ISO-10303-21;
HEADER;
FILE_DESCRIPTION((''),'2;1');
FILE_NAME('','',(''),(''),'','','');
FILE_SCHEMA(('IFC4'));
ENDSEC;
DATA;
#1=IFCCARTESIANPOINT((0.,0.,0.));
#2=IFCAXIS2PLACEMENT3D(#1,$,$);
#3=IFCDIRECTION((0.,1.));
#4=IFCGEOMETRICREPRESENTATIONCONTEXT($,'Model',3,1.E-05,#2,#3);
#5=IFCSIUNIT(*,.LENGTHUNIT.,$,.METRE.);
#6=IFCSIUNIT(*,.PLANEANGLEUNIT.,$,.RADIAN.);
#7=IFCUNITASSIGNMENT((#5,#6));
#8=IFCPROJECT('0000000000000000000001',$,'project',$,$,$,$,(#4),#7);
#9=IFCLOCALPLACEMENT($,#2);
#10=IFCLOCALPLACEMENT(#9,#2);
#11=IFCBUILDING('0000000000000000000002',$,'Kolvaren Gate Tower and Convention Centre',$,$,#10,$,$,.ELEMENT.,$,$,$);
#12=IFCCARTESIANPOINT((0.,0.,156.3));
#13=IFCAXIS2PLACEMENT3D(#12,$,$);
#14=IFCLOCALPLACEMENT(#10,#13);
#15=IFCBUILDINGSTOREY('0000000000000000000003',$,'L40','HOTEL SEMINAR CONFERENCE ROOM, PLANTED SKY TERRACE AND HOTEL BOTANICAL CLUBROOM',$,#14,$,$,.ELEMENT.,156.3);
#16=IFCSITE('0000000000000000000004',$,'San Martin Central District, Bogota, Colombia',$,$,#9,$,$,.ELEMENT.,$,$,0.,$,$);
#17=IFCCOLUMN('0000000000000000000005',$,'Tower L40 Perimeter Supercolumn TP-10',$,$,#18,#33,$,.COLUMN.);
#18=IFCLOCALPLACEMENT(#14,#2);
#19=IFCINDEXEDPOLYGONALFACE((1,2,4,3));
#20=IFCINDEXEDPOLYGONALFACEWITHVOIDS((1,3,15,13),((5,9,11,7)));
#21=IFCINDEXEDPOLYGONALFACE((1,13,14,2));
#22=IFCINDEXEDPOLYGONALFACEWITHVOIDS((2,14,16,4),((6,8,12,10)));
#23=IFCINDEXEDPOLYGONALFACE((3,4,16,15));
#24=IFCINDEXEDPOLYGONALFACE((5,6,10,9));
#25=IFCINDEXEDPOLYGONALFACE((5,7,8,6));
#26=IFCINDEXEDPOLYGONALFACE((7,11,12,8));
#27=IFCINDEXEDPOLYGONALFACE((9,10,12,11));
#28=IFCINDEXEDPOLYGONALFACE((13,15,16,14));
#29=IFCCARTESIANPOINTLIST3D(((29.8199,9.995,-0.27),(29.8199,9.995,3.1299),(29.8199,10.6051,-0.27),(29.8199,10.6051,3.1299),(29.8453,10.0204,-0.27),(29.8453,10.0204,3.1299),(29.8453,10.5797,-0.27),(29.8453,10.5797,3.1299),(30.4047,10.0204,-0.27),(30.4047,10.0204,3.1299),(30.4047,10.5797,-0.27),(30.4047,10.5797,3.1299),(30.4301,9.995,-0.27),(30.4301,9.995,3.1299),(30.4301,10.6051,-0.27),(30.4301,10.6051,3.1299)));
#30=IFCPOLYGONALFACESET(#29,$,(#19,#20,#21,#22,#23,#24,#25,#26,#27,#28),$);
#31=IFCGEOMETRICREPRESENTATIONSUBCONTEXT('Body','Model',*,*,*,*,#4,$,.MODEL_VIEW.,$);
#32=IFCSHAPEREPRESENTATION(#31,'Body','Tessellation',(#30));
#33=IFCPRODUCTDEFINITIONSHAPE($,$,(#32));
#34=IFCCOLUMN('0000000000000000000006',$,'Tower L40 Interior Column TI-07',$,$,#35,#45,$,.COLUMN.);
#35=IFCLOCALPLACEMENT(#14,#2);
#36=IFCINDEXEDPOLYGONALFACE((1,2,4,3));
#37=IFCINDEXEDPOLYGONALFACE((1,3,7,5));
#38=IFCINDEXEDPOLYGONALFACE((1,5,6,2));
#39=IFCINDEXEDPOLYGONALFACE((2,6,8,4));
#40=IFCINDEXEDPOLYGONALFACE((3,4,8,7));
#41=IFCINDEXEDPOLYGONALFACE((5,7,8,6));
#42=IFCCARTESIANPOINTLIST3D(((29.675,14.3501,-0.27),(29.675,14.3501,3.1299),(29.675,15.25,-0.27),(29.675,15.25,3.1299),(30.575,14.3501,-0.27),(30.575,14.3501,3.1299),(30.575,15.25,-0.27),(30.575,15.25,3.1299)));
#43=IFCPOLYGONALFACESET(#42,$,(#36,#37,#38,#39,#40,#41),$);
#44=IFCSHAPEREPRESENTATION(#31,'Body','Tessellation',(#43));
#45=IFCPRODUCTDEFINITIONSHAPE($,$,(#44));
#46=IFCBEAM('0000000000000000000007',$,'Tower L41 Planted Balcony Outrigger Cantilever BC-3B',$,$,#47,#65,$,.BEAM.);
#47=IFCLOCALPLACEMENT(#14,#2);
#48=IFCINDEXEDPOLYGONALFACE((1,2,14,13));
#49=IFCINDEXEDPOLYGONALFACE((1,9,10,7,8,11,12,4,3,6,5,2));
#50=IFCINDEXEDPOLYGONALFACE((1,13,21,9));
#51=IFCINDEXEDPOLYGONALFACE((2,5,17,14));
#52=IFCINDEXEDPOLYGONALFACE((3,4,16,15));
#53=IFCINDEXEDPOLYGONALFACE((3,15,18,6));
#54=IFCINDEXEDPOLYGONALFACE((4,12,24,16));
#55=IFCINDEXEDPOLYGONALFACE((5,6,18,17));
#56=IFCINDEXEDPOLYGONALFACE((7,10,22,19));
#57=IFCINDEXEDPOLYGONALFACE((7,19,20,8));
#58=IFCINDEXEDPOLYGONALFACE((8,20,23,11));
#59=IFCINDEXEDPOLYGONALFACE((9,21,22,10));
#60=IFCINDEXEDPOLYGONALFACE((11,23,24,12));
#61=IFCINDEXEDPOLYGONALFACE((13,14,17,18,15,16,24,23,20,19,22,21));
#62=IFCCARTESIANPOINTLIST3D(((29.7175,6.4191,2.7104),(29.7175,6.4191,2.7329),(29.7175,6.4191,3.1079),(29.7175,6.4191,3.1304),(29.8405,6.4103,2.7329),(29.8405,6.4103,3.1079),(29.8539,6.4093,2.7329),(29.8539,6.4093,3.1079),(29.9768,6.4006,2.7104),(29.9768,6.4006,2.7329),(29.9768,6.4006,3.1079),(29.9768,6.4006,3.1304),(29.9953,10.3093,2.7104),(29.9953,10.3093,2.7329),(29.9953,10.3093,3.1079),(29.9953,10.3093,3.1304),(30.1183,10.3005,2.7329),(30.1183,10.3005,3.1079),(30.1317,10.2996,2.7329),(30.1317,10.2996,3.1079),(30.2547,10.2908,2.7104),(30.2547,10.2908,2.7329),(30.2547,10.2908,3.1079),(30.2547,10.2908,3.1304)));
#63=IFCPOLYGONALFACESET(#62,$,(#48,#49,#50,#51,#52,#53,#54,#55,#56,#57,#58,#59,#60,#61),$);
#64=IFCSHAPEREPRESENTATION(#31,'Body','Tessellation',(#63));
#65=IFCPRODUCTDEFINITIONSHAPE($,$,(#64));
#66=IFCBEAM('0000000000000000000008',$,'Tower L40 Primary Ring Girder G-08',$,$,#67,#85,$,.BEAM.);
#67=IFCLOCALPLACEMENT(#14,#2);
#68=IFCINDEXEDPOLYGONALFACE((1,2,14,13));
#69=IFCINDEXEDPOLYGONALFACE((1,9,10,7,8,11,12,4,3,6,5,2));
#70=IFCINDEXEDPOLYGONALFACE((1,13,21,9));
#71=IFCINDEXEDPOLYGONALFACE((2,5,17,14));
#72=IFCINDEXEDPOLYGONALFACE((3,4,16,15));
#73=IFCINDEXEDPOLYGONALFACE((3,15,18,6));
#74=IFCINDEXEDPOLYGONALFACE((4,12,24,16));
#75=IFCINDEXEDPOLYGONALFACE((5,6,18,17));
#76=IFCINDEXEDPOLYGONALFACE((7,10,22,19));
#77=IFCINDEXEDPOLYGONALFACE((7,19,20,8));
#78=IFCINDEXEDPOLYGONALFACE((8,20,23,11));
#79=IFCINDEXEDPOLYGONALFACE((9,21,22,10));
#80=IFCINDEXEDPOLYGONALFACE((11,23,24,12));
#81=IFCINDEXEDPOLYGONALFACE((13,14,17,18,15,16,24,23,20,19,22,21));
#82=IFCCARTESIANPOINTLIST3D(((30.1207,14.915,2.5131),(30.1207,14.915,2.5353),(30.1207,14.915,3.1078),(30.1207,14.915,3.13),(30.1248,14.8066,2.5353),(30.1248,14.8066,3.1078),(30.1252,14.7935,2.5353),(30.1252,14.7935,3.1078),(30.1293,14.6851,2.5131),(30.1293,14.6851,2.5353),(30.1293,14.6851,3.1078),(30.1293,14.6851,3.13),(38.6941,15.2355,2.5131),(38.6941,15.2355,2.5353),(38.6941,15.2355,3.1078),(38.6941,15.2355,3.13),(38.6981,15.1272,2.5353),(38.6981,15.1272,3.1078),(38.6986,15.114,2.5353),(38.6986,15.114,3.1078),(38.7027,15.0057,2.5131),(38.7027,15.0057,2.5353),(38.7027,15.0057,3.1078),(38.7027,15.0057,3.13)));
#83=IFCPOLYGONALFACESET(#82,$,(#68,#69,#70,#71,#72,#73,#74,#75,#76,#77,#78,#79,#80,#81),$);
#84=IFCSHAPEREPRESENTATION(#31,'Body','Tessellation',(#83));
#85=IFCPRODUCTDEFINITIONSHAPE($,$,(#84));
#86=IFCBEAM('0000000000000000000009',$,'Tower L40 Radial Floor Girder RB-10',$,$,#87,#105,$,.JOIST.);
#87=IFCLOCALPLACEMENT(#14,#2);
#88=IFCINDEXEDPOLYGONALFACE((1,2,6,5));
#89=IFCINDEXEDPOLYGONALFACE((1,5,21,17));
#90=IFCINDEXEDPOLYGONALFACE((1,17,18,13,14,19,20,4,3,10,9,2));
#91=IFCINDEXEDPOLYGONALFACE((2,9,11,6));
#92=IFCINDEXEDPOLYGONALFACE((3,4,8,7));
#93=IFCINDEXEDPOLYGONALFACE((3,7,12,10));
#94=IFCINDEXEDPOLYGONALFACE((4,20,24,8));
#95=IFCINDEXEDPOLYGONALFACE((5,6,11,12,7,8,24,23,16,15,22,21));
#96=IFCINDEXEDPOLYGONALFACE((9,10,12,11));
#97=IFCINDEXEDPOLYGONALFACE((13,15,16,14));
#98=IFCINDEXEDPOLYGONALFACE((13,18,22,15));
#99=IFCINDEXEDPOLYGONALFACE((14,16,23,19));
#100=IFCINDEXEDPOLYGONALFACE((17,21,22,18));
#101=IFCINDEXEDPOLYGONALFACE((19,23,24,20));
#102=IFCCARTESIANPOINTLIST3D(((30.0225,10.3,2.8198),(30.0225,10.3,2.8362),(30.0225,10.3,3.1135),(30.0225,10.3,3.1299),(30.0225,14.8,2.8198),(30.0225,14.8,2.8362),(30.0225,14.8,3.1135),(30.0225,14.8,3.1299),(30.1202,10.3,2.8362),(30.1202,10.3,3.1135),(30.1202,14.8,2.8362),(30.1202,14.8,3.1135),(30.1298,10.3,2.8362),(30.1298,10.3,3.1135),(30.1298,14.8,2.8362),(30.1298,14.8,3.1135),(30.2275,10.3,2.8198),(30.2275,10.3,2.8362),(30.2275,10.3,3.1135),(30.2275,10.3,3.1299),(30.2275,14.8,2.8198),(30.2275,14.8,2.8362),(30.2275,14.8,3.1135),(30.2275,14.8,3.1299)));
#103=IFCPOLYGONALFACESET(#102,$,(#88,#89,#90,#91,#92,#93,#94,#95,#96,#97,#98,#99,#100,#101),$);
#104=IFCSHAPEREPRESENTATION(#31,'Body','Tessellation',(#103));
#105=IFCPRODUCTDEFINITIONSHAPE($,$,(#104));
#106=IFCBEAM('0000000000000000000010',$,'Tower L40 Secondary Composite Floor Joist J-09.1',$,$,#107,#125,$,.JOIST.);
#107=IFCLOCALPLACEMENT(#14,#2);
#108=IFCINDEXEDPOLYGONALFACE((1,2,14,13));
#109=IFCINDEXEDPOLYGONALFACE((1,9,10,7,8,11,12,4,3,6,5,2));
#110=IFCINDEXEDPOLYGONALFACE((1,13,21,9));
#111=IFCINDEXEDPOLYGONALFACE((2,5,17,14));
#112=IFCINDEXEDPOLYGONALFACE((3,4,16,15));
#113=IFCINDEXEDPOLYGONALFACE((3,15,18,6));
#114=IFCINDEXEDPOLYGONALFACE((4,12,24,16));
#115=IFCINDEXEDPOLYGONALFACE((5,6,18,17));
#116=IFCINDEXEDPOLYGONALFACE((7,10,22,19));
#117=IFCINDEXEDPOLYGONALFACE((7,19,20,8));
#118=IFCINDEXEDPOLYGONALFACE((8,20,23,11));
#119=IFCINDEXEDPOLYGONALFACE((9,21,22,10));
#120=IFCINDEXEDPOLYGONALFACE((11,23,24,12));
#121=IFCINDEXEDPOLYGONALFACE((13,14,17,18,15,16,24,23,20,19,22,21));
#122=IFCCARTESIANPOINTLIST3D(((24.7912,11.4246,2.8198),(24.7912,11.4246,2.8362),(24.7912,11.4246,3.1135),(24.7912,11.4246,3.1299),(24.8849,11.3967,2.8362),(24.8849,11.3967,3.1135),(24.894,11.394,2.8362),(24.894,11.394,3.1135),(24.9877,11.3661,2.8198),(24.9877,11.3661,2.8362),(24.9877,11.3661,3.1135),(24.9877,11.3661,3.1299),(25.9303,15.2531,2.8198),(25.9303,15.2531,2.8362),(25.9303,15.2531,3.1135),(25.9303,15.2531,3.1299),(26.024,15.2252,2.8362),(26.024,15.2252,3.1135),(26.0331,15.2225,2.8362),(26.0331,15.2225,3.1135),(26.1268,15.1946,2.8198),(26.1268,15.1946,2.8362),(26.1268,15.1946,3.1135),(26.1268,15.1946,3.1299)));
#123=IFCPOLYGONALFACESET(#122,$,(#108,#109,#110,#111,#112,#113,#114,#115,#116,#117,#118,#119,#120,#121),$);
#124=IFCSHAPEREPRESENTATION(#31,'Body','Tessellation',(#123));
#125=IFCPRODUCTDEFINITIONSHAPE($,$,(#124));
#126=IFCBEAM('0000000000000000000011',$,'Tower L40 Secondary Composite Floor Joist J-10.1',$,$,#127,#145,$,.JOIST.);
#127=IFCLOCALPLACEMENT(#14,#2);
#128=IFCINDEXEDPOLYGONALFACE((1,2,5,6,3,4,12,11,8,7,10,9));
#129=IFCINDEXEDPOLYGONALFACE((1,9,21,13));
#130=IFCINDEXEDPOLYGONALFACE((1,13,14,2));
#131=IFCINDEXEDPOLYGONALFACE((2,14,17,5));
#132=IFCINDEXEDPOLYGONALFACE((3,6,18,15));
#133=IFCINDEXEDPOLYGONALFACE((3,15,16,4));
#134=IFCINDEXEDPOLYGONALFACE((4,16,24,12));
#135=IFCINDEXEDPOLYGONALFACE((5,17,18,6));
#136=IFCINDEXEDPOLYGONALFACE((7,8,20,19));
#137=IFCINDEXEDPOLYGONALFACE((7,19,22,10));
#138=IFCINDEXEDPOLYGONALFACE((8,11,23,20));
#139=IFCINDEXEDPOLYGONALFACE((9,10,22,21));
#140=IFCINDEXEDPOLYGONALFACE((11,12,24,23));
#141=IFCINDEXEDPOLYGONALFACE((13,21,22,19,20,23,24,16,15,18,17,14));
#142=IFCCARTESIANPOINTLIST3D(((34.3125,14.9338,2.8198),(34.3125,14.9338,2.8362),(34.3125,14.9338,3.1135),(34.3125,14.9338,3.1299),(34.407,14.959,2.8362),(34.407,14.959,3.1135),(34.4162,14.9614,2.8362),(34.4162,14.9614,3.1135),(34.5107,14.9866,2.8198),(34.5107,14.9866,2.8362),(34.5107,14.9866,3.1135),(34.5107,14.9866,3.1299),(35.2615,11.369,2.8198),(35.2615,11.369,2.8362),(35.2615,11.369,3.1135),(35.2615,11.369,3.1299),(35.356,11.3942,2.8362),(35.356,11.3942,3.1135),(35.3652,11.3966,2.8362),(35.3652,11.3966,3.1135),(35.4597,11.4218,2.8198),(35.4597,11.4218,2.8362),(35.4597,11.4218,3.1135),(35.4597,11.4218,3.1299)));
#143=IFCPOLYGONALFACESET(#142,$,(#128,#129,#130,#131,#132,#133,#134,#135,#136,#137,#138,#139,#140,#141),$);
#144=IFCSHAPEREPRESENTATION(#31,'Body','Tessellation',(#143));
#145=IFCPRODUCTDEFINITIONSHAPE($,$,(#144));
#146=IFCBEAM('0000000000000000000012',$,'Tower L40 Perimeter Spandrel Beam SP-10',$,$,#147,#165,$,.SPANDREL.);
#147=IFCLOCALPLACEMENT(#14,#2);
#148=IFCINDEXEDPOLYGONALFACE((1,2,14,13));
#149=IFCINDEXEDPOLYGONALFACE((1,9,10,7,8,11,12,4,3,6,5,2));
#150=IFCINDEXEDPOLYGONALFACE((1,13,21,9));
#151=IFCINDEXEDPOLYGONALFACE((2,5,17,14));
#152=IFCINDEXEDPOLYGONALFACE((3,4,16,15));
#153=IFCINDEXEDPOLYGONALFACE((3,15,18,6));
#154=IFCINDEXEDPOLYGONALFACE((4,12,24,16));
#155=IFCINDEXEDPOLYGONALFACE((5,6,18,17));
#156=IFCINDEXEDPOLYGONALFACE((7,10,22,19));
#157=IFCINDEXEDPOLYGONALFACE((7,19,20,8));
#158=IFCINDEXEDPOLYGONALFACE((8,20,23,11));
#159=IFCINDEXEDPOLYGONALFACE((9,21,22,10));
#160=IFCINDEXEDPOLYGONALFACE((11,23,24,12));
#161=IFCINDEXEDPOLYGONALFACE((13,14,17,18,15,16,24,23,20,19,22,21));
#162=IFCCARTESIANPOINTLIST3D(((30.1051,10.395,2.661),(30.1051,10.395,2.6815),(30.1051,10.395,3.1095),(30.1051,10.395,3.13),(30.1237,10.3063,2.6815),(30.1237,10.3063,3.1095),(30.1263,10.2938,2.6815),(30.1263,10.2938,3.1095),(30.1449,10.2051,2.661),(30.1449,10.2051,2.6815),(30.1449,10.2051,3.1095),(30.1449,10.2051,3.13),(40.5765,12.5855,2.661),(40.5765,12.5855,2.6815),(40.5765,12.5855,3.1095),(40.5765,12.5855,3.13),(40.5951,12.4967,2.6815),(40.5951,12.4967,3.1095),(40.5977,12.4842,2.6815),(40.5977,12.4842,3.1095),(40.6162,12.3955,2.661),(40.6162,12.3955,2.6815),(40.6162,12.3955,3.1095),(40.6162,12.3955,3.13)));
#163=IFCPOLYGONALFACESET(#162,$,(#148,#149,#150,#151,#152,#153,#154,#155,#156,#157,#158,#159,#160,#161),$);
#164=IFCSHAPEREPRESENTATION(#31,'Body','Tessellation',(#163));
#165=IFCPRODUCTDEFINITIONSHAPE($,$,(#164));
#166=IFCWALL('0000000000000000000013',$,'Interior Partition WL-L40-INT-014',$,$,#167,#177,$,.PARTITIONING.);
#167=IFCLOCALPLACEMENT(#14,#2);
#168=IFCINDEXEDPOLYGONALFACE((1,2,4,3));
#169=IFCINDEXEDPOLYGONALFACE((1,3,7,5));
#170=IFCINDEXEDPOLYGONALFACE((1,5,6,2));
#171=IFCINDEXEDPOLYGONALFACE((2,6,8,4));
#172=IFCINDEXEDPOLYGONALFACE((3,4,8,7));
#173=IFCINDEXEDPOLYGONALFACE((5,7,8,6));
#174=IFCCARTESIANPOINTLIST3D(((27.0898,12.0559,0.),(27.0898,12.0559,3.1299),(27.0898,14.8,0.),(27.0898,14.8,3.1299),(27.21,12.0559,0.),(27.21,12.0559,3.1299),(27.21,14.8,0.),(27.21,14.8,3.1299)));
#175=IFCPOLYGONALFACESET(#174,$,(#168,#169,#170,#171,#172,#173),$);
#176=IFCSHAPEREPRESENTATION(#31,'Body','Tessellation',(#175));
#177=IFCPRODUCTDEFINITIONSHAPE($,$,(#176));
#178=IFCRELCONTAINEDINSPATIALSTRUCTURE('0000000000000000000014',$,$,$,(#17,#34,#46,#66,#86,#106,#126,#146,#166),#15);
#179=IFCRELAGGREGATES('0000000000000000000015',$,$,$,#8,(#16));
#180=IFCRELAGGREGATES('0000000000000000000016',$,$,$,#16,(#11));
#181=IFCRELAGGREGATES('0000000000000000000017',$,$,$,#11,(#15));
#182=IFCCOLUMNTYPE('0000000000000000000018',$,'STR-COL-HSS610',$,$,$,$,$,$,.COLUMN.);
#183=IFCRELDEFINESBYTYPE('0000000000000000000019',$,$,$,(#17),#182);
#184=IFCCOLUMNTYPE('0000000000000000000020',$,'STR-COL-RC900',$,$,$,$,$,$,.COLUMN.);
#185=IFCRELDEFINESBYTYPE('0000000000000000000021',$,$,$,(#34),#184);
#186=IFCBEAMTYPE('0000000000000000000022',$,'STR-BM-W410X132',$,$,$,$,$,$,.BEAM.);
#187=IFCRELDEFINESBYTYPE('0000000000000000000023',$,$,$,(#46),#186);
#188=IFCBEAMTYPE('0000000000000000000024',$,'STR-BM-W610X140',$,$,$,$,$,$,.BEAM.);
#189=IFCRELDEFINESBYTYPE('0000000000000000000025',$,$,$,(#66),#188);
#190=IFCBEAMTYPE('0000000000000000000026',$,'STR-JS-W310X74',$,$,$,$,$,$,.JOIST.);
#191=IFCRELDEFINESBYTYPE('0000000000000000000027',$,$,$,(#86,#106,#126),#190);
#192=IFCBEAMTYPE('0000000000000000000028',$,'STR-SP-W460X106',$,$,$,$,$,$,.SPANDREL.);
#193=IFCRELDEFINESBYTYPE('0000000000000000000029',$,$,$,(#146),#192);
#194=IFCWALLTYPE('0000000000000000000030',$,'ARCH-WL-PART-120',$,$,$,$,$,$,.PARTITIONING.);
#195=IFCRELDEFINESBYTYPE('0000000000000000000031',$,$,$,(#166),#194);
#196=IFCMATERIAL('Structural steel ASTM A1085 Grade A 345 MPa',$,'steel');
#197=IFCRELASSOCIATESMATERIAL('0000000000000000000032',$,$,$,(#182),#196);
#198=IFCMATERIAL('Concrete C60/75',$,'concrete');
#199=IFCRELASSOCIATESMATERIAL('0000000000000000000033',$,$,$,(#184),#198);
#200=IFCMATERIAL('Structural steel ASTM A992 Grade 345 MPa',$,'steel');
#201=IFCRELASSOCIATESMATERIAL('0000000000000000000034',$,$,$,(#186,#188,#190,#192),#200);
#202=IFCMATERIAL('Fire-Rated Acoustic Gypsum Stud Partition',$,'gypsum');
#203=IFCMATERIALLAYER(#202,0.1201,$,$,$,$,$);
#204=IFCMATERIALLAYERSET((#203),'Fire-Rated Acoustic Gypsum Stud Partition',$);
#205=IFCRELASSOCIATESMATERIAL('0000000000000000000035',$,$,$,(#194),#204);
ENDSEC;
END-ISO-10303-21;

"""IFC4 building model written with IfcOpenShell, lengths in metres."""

from ifc_helpers import new_model, si_unit, direction, frame, frame_2d, origin, origin_2d, place, context, subcontext, project, spatial, rectangle, hollow_rectangle, i_section, extrude, material, layer, layer_set, material_profile, profile_set, type_object, element, save


model = new_model("IFC4")

# Units and contexts
model_context = context("Model", 3, precision=1e-05, world=origin(), true_north=direction((0.0, 1.0)))
body_context = subcontext(model_context, "Body", "Model", "MODEL_VIEW")
ifc_project = project(units=[si_unit("LENGTHUNIT", "METRE"), si_unit("PLANEANGLEUNIT", "RADIAN")], contexts=[model_context])

# Site, building, storey
site_placement = place(None, origin())
site = spatial("IfcSite", under=ifc_project, at=site_placement, Name="San Martin Central District, Bogota, Colombia", CompositionType="ELEMENT", RefElevation=0.0)
building_placement = place(site_placement, origin())
building = spatial("IfcBuilding", under=site, at=building_placement, Name="Kolvaren Gate Tower and Convention Centre", CompositionType="ELEMENT")
storey_placement = place(building_placement, frame((0.0, 0.0, 156.3)))
storey = spatial("IfcBuildingStorey", under=building, at=storey_placement, Name="L40", Description="HOTEL SEMINAR CONFERENCE ROOM, PLANTED SKY TERRACE AND HOTEL BOTANICAL CLUBROOM", CompositionType="ELEMENT", Elevation=156.3)

# Columns
ifc_material_1 = material(Name="Structural steel ASTM A1085 Grade A 345 MPa", Category="steel")
ifc_material_profile_1 = material_profile(ifc_material_1, hollow_rectangle(XDim=0.6101, YDim=0.6101, WallThickness=0.0254, at=origin_2d()), Name="HSS610X610X25.4")
ifc_profile_set_1 = profile_set([ifc_material_profile_1], Name="Structural steel ASTM A1085 Grade A 345 MPa")
column_type_1 = type_object("IfcColumnType", Name="STR-COL-HSS610", PredefinedType="COLUMN", material=ifc_profile_set_1)
column_1_placement = place(storey_placement, frame((30.125, 10.3, -0.27), z_axis=(0.0, 0.0, 1.0), x_axis=(1.0, 0.0, 0.0)))
element("IfcColumn", 1, at=column_1_placement, inside=storey, type_object=column_type_1, Name="Tower L40 Perimeter Supercolumn TP-10", PredefinedType="COLUMN", context=body_context, shape_type="SweptSolid", body=[
    extrude(hollow_rectangle(XDim=0.6101, YDim=0.6101, WallThickness=0.0254, at=origin_2d()), origin(), (0.0, 0.0, 1.0), 3.3999),
])
ifc_material_2 = material(Name="Concrete C60/75", Category="concrete")
ifc_material_profile_2 = material_profile(ifc_material_2, rectangle(XDim=0.8999, YDim=0.8999, at=origin_2d()), Name="RC-COL-900X900")
ifc_profile_set_2 = profile_set([ifc_material_profile_2], Name="Concrete C60/75")
column_type_2 = type_object("IfcColumnType", Name="STR-COL-RC900", PredefinedType="COLUMN", material=ifc_profile_set_2)
column_2_placement = place(storey_placement, frame((30.125, 14.8, -0.27), z_axis=(0.0, 0.0, 1.0), x_axis=(1.0, 0.0, 0.0)))
element("IfcColumn", 2, at=column_2_placement, inside=storey, type_object=column_type_2, Name="Tower L40 Interior Column TI-07", PredefinedType="COLUMN", context=body_context, shape_type="SweptSolid", body=[
    extrude(rectangle(XDim=0.8999, YDim=0.8999, at=origin_2d()), origin(), (0.0, 0.0, 1.0), 3.3999),
])

# Beams
ifc_material_3 = material(Name="Structural steel ASTM A992 Grade 345 MPa", Category="steel")
ifc_material_profile_3 = material_profile(ifc_material_3, i_section(OverallWidth=0.26, OverallDepth=0.4199, WebThickness=0.0134, FlangeThickness=0.0225, at=origin_2d()), Name="W410X132")
ifc_profile_set_3 = profile_set([ifc_material_profile_3], Name="Structural steel ASTM A992 Grade 345 MPa")
beam_type_1 = type_object("IfcBeamType", Name="STR-BM-W410X132", PredefinedType="BEAM", material=ifc_profile_set_3)
beam_1_placement = place(storey_placement, frame((30.125, 10.3, 2.9204), z_axis=(-0.071238, -0.997459, 0.0), x_axis=(0.997459, -0.071238, 0.0)))
element("IfcBeam", 3, at=beam_1_placement, inside=storey, type_object=beam_type_1, Name="Tower L41 Planted Balcony Outrigger Cantilever BC-3B", PredefinedType="BEAM", context=body_context, shape_type="SweptSolid", body=[
    extrude(i_section(OverallWidth=0.26, OverallDepth=0.4199, WebThickness=0.0134, FlangeThickness=0.0225, at=origin_2d()), origin(), (0.0, 0.0, 1.0), 3.9001),
])
ifc_material_profile_4 = material_profile(ifc_material_3, i_section(OverallWidth=0.23, OverallDepth=0.6169, WebThickness=0.0132, FlangeThickness=0.0222, at=origin_2d()), Name="W610X140")
ifc_profile_set_4 = profile_set([ifc_material_profile_4], Name="Structural steel ASTM A992 Grade 345 MPa")
beam_type_2 = type_object("IfcBeamType", Name="STR-BM-W610X140", PredefinedType="BEAM", material=ifc_profile_set_4)
beam_2_placement = place(storey_placement, frame((30.125, 14.8, 2.8215), z_axis=(0.999302, 0.037364, 0.0), x_axis=(-0.037364, 0.999302, 0.0)))
element("IfcBeam", 4, at=beam_2_placement, inside=storey, type_object=beam_type_2, Name="Tower L40 Primary Ring Girder G-08", PredefinedType="BEAM", context=body_context, shape_type="SweptSolid", body=[
    extrude(i_section(OverallWidth=0.23, OverallDepth=0.6169, WebThickness=0.0132, FlangeThickness=0.0222, at=origin_2d()), origin(), (0.0, 0.0, 1.0), 8.5793),
])
ifc_material_profile_5 = material_profile(ifc_material_3, i_section(OverallWidth=0.2051, OverallDepth=0.3101, WebThickness=0.0095, FlangeThickness=0.0164, at=origin_2d()), Name="W310X74")
ifc_profile_set_5 = profile_set([ifc_material_profile_5], Name="Structural steel ASTM A992 Grade 345 MPa")
beam_type_3 = type_object("IfcBeamType", Name="STR-JS-W310X74", PredefinedType="JOIST", material=ifc_profile_set_5)
beam_3_placement = place(storey_placement, frame((30.125, 14.8, 2.9749), z_axis=(0.0, -1.0, 0.0), x_axis=(1.0, 0.0, 0.0)))
element("IfcBeam", 5, at=beam_3_placement, inside=storey, type_object=beam_type_3, Name="Tower L40 Radial Floor Girder RB-10", PredefinedType="JOIST", context=body_context, shape_type="SweptSolid", body=[
    extrude(i_section(OverallWidth=0.2051, OverallDepth=0.3101, WebThickness=0.0095, FlangeThickness=0.0164, at=origin_2d()), origin(), (0.0, 0.0, 1.0), 4.5),
])
beam_4_placement = place(storey_placement, frame((26.0286, 15.2239, 2.9749), z_axis=(-0.285183, -0.958473, 0.0), x_axis=(0.958473, -0.285183, 0.0)))
element("IfcBeam", 6, at=beam_4_placement, inside=storey, type_object=beam_type_3, Name="Tower L40 Secondary Composite Floor Joist J-09.1", PredefinedType="JOIST", context=body_context, shape_type="SweptSolid", body=[
    extrude(i_section(OverallWidth=0.2051, OverallDepth=0.3101, WebThickness=0.0095, FlangeThickness=0.0164, at=origin_2d()), origin(), (0.0, 0.0, 1.0), 3.9944),
])
beam_5_placement = place(storey_placement, frame((34.4116, 14.9602, 2.9749), z_axis=(0.257238, -0.966348, 0.0), x_axis=(0.966348, 0.257238, 0.0)))
element("IfcBeam", 7, at=beam_5_placement, inside=storey, type_object=beam_type_3, Name="Tower L40 Secondary Composite Floor Joist J-10.1", PredefinedType="JOIST", context=body_context, shape_type="SweptSolid", body=[
    extrude(i_section(OverallWidth=0.2051, OverallDepth=0.3101, WebThickness=0.0095, FlangeThickness=0.0164, at=origin_2d()), origin(), (0.0, 0.0, 1.0), 3.689),
])
ifc_material_profile_6 = material_profile(ifc_material_3, i_section(OverallWidth=0.1941, OverallDepth=0.469, WebThickness=0.0127, FlangeThickness=0.0205, at=origin_2d()), Name="W460X106")
ifc_profile_set_6 = profile_set([ifc_material_profile_6], Name="Structural steel ASTM A992 Grade 345 MPa")
beam_type_4 = type_object("IfcBeamType", Name="STR-SP-W460X106", PredefinedType="SPANDREL", material=ifc_profile_set_6)
beam_6_placement = place(storey_placement, frame((30.125, 10.3, 2.8955), z_axis=(0.978814, 0.20475, 0.0), x_axis=(-0.20475, 0.978814, 0.0)))
element("IfcBeam", 8, at=beam_6_placement, inside=storey, type_object=beam_type_4, Name="Tower L40 Perimeter Spandrel Beam SP-10", PredefinedType="SPANDREL", context=body_context, shape_type="SweptSolid", body=[
    extrude(i_section(OverallWidth=0.1941, OverallDepth=0.469, WebThickness=0.0127, FlangeThickness=0.0205, at=origin_2d()), origin(), (0.0, 0.0, 1.0), 10.698),
])

# Wall
ifc_material_4 = material(Name="Fire-Rated Acoustic Gypsum Stud Partition", Category="gypsum")
ifc_layer_1 = layer(ifc_material_4, 0.1201)
ifc_layer_set_1 = layer_set([ifc_layer_1], Name="Fire-Rated Acoustic Gypsum Stud Partition")
wall_type_1 = type_object("IfcWallType", Name="ARCH-WL-PART-120", PredefinedType="PARTITIONING", material=ifc_layer_set_1)
wall_1_placement = place(storey_placement, frame((27.1499, 12.0559, 0.0), z_axis=(0.0, 0.0, 1.0), x_axis=(0.0, 1.0, 0.0)))
element("IfcWall", 9, at=wall_1_placement, inside=storey, type_object=wall_type_1, Name="Interior Partition WL-L40-INT-014", PredefinedType="PARTITIONING", context=body_context, shape_type="SweptSolid", body=[
    extrude(rectangle(XDim=2.7441, YDim=0.1201, at=frame_2d((1.3721, 0.0))), origin(), (0.0, 0.0, 1.0), 3.1299),
])

save(model, "model.ifc")
